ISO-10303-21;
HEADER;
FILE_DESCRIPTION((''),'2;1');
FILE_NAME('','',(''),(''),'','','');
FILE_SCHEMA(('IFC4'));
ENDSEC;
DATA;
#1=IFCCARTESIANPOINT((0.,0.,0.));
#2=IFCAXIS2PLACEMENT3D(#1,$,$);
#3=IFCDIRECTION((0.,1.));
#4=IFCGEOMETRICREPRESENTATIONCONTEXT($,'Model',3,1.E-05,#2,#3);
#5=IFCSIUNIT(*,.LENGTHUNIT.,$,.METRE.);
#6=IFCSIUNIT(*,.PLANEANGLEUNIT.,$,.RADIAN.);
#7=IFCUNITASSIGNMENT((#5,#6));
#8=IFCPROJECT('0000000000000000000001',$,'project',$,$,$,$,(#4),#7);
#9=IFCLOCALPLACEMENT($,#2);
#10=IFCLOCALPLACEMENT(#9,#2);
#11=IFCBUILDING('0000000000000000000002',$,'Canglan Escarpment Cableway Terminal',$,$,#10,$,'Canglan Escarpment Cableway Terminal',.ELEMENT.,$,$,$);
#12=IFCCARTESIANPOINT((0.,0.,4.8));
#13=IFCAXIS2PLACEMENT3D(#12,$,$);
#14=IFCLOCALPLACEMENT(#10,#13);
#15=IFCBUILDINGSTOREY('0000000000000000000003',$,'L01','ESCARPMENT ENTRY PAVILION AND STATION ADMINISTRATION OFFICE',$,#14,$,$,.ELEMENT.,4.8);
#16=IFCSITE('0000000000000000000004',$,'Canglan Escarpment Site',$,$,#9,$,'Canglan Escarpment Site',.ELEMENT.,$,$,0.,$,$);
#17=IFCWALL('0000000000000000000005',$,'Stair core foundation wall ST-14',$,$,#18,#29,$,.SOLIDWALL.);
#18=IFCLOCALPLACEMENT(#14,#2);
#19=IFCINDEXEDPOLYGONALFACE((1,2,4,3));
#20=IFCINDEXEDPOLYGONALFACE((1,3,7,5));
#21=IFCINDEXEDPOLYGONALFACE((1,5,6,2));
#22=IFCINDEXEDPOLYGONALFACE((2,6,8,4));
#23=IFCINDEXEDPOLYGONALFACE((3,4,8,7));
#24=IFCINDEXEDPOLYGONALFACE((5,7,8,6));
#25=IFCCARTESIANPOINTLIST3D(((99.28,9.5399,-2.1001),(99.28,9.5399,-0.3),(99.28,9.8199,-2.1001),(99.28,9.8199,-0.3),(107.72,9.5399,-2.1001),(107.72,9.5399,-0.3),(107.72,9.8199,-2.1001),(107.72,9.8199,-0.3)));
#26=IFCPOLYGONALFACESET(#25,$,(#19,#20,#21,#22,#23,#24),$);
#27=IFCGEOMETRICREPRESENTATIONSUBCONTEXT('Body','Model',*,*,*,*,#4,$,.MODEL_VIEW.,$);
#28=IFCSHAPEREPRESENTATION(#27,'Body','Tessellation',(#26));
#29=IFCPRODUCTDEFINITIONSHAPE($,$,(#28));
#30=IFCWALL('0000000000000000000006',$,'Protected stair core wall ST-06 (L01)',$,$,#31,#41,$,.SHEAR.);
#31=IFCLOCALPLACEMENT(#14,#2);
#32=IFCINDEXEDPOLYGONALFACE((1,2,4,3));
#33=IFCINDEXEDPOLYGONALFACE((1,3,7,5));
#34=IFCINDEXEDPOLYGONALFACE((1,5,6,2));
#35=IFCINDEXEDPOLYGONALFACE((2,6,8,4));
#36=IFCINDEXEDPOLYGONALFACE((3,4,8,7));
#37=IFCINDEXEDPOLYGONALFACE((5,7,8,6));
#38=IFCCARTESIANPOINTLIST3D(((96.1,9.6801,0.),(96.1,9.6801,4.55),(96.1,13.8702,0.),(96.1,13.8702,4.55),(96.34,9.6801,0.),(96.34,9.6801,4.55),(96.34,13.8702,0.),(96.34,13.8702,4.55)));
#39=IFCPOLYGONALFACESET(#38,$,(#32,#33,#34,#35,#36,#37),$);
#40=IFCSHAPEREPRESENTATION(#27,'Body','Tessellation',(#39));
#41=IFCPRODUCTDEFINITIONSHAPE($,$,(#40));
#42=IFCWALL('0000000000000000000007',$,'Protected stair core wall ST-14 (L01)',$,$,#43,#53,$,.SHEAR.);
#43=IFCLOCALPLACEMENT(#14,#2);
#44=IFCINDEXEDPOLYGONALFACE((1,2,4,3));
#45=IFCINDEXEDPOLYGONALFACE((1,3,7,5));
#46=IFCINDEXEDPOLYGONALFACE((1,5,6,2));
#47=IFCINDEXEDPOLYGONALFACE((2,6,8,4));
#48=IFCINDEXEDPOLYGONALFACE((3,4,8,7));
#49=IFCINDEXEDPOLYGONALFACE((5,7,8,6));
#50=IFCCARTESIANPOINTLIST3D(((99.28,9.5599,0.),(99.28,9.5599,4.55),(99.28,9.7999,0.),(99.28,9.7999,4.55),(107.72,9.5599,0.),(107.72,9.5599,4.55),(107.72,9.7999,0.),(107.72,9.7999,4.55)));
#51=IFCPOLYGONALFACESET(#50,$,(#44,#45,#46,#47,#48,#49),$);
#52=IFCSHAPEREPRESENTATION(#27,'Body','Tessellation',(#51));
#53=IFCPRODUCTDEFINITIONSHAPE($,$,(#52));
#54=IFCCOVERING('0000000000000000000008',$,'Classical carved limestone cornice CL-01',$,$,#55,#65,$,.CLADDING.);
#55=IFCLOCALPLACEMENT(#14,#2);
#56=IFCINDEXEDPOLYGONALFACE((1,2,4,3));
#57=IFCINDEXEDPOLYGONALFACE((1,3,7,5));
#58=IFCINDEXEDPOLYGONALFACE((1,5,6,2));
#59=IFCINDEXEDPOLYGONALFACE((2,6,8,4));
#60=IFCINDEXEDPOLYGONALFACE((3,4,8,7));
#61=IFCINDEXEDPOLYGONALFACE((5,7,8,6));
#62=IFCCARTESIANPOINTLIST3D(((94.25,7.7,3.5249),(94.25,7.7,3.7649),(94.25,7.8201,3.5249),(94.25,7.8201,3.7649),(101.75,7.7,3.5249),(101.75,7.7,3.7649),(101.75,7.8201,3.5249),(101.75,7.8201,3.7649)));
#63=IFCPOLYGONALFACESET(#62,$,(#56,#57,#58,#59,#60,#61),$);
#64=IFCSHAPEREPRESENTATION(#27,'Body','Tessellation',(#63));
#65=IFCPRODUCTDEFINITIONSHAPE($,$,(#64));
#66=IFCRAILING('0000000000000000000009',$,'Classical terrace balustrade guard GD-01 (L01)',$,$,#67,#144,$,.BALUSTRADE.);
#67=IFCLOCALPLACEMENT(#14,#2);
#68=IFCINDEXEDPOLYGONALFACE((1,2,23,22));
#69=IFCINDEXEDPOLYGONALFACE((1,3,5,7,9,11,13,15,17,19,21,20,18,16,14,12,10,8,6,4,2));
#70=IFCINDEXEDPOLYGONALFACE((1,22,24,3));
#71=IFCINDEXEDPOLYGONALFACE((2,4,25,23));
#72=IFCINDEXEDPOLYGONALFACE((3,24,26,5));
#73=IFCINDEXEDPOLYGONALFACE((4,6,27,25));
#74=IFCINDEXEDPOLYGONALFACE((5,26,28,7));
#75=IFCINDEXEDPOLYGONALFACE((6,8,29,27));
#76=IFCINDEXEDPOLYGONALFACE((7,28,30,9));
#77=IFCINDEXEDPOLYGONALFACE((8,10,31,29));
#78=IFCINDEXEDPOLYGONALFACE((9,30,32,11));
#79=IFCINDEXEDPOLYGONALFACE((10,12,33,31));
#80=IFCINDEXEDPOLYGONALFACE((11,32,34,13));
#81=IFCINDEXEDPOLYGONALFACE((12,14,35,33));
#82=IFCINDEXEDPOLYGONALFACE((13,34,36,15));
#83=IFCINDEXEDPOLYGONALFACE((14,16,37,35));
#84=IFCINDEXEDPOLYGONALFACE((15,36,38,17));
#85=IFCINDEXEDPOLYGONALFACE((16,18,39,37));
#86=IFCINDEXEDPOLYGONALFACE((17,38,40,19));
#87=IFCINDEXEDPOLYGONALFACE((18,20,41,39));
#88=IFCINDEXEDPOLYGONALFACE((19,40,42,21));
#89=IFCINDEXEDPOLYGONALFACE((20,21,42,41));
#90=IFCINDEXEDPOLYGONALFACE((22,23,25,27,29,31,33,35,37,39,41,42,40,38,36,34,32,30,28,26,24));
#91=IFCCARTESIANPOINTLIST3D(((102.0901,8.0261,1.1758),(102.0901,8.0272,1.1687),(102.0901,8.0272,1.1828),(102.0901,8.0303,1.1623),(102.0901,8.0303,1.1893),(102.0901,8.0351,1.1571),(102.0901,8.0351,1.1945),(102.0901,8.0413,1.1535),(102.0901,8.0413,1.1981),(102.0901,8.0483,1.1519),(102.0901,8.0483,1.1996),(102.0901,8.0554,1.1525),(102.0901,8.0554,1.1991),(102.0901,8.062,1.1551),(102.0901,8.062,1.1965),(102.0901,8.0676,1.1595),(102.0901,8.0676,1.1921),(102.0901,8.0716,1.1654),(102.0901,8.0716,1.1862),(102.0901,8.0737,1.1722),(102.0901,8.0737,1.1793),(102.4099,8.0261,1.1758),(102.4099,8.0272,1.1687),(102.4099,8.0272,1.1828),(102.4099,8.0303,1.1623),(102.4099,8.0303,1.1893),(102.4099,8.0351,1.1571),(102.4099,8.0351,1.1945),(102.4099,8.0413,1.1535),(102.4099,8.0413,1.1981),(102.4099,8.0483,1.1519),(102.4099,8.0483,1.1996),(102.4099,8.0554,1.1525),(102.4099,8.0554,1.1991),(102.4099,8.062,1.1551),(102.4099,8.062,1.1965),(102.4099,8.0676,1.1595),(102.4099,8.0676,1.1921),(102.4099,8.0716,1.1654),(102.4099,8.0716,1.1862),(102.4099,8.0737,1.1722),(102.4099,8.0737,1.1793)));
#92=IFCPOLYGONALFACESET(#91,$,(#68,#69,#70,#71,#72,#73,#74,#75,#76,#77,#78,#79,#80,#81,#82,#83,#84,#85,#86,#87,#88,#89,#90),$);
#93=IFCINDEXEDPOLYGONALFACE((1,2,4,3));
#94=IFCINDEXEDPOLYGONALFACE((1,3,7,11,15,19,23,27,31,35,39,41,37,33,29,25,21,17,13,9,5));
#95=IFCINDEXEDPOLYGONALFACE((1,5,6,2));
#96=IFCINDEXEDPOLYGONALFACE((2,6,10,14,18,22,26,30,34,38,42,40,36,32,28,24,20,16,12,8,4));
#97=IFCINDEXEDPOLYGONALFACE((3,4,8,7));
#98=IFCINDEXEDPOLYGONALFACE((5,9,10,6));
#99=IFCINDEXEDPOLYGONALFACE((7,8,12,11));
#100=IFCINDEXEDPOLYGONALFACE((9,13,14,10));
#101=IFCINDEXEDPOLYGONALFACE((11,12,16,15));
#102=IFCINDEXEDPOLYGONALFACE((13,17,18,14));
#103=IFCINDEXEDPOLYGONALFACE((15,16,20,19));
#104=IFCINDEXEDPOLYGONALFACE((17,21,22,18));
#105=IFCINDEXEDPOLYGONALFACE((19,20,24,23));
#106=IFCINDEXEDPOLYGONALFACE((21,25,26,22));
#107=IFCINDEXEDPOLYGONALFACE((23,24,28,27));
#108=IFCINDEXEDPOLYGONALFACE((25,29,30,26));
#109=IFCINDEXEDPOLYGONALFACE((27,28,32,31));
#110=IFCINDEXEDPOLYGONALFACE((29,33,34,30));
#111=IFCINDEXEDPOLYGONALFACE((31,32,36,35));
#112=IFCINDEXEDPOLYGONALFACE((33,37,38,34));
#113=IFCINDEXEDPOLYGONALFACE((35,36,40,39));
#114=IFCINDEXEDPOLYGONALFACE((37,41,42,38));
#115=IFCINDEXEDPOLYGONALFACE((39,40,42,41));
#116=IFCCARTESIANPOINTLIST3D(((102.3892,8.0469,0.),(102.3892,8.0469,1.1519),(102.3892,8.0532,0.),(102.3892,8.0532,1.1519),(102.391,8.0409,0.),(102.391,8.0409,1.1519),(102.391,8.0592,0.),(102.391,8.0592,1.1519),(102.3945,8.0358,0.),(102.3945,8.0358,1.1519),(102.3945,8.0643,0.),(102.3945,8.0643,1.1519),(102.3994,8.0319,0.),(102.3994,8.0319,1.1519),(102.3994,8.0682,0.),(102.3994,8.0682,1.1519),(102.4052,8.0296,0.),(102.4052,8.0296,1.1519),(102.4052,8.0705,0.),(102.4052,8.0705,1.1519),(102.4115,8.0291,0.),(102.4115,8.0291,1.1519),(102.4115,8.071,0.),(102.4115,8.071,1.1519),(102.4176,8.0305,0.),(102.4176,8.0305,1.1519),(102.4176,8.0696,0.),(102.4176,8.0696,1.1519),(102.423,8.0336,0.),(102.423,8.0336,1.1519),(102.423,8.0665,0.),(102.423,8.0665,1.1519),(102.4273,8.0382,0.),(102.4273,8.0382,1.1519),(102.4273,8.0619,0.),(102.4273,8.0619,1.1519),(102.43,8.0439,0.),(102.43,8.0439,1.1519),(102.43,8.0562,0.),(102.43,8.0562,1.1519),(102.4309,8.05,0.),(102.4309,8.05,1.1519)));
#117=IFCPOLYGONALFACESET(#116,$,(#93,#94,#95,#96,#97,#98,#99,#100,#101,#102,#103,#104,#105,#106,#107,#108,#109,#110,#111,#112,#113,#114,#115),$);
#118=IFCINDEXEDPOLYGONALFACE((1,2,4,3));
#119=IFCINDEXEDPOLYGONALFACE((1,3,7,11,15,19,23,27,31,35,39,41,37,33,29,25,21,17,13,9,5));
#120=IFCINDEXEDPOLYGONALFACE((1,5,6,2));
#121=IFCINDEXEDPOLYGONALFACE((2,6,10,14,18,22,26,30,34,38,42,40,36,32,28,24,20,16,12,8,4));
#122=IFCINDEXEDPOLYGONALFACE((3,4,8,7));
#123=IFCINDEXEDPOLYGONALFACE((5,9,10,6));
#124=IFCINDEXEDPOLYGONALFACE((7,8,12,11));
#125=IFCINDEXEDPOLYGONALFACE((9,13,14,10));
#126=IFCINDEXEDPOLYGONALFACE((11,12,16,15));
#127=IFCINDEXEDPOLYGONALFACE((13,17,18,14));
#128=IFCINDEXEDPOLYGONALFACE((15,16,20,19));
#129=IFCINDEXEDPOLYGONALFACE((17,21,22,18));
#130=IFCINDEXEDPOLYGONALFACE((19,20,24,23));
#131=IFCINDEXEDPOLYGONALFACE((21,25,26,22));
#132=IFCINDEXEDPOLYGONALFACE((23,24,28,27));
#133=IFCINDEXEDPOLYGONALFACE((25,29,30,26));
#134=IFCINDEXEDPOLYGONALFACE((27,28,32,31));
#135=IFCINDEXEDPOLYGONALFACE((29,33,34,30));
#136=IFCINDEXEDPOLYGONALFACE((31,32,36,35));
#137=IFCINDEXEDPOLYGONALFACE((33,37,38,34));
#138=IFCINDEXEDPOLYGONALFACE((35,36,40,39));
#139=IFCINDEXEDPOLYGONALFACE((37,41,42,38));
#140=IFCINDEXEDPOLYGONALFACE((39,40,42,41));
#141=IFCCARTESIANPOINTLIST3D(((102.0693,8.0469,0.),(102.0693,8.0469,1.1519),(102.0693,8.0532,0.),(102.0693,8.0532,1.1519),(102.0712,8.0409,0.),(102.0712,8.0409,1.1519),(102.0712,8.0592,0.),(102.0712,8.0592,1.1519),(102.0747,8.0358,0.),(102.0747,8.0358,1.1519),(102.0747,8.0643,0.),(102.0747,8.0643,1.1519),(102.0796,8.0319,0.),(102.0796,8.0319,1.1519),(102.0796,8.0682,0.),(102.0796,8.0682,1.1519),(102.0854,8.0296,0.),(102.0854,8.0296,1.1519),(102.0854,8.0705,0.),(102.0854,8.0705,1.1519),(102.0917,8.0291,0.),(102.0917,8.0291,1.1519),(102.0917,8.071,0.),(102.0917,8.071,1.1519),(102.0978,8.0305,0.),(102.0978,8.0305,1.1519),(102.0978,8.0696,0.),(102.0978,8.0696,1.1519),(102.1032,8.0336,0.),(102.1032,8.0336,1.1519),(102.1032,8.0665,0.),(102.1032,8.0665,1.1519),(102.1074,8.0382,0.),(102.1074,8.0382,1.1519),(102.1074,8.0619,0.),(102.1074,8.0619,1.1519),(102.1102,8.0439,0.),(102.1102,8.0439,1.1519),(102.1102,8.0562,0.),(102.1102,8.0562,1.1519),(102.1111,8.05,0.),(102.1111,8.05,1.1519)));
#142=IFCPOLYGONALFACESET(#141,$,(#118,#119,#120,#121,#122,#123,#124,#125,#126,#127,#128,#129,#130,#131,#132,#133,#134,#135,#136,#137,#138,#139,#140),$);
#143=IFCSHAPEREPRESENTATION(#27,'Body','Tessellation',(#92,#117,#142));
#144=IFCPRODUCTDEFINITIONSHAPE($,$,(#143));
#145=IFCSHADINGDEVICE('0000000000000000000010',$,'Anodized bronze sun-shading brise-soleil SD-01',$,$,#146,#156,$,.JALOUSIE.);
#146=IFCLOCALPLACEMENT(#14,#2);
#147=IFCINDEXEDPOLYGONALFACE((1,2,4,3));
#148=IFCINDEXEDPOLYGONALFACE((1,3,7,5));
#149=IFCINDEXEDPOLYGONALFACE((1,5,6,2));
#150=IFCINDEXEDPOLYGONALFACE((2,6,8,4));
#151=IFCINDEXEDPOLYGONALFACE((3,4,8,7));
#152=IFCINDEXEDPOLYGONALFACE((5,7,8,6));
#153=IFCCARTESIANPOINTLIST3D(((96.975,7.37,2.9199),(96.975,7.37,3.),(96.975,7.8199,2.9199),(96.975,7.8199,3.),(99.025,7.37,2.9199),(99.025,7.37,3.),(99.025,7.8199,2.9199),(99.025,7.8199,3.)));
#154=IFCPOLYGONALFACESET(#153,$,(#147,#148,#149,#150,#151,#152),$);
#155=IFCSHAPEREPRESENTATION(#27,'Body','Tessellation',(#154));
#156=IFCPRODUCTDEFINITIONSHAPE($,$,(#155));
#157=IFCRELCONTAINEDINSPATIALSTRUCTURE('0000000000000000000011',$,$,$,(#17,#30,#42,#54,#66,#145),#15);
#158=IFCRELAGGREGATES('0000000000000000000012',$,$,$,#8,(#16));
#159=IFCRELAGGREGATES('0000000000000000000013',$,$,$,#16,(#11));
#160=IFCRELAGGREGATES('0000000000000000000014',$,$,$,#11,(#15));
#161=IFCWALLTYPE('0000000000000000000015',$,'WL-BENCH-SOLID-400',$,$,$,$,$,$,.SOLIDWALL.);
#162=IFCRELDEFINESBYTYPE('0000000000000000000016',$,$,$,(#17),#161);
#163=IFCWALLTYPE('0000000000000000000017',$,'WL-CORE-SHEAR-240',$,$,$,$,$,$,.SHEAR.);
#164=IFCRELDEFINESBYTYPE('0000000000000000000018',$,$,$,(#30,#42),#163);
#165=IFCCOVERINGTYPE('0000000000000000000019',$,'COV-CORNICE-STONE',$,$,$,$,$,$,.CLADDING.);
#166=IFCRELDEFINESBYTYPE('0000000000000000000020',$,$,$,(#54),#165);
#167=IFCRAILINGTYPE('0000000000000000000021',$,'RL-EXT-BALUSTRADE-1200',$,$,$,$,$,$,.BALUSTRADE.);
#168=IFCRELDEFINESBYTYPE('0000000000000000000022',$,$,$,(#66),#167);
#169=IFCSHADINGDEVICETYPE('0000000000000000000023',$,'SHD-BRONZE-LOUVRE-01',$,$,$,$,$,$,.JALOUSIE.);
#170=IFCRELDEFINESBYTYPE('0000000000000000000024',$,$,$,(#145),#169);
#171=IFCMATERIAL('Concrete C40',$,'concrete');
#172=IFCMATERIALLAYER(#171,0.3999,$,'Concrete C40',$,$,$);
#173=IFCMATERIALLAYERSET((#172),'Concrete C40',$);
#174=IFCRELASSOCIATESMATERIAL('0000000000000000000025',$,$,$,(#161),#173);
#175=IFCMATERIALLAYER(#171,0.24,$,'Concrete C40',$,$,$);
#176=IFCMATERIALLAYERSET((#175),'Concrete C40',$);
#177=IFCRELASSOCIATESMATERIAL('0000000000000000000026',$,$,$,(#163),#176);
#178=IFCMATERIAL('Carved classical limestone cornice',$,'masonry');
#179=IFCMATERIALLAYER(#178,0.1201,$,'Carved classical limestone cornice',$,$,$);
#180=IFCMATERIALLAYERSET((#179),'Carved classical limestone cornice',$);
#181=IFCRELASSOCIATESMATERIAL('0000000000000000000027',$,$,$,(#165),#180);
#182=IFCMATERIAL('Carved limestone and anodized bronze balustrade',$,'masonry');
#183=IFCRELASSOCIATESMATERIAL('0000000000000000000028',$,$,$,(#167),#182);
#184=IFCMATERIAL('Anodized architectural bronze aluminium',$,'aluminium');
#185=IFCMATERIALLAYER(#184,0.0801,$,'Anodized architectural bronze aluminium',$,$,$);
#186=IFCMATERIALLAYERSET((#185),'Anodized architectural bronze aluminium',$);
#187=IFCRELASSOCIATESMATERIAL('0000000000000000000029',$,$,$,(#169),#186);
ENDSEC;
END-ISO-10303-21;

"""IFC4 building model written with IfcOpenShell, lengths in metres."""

from ifc_helpers import new_model, si_unit, direction, frame, frame_2d, origin, origin_2d, place, context, subcontext, project, spatial, rectangle, circle, extrude, material, layer, layer_set, type_object, element, save


model = new_model("IFC4")

# Units and contexts
model_context = context("Model", 3, precision=1e-05, world=origin(), true_north=direction((0.0, 1.0)))
body_context = subcontext(model_context, "Body", "Model", "MODEL_VIEW")
ifc_project = project(units=[si_unit("LENGTHUNIT", "METRE"), si_unit("PLANEANGLEUNIT", "RADIAN")], contexts=[model_context])

# Site, building, storey
site_placement = place(None, origin())
site = spatial("IfcSite", under=ifc_project, at=site_placement, Name="Canglan Escarpment Site", LongName="Canglan Escarpment Site", CompositionType="ELEMENT", RefElevation=0.0)
building_placement = place(site_placement, origin())
building = spatial("IfcBuilding", under=site, at=building_placement, Name="Canglan Escarpment Cableway Terminal", LongName="Canglan Escarpment Cableway Terminal", CompositionType="ELEMENT")
storey_placement = place(building_placement, frame((0.0, 0.0, 4.8)))
storey = spatial("IfcBuildingStorey", under=building, at=storey_placement, Name="L01", Description="ESCARPMENT ENTRY PAVILION AND STATION ADMINISTRATION OFFICE", CompositionType="ELEMENT", Elevation=4.8)

# Shared definitions
ifc_material_1 = material(Name="Concrete C40", Category="concrete")

# Walls
ifc_layer_1 = layer(ifc_material_1, 0.3999, Name="Concrete C40")
ifc_layer_set_1 = layer_set([ifc_layer_1], Name="Concrete C40")
wall_type_1 = type_object("IfcWallType", Name="WL-BENCH-SOLID-400", PredefinedType="SOLIDWALL", material=ifc_layer_set_1)
wall_1_placement = place(storey_placement, frame((99.28, 9.6799, -2.1001), z_axis=(0.0, 0.0, 1.0), x_axis=(1.0, 0.0, 0.0)))
element("IfcWall", 1, at=wall_1_placement, inside=storey, type_object=wall_type_1, Name="Stair core foundation wall ST-14", PredefinedType="SOLIDWALL", context=body_context, shape_type="SweptSolid", body=[
    extrude(rectangle(XDim=8.4399, YDim=0.28, at=frame_2d((4.22, 0.0))), origin(), (0.0, 0.0, 1.0), 1.8),
])
ifc_layer_2 = layer(ifc_material_1, 0.24, Name="Concrete C40")
ifc_layer_set_2 = layer_set([ifc_layer_2], Name="Concrete C40")
wall_type_2 = type_object("IfcWallType", Name="WL-CORE-SHEAR-240", PredefinedType="SHEAR", material=ifc_layer_set_2)
wall_2_placement = place(storey_placement, frame((96.22, 9.6799, 0.0), z_axis=(0.0, 0.0, 1.0), x_axis=(0.0, 1.0, 0.0)))
element("IfcWall", 2, at=wall_2_placement, inside=storey, type_object=wall_type_2, Name="Protected stair core wall ST-06 (L01)", PredefinedType="SHEAR", context=body_context, shape_type="SweptSolid", body=[
    extrude(rectangle(XDim=4.1902, YDim=0.24, at=frame_2d((2.0952, 0.0))), origin(), (0.0, 0.0, 1.0), 4.55),
])
wall_3_placement = place(storey_placement, frame((99.28, 9.6799, 0.0), z_axis=(0.0, 0.0, 1.0), x_axis=(1.0, 0.0, 0.0)))
element("IfcWall", 3, at=wall_3_placement, inside=storey, type_object=wall_type_2, Name="Protected stair core wall ST-14 (L01)", PredefinedType="SHEAR", context=body_context, shape_type="SweptSolid", body=[
    extrude(rectangle(XDim=8.4399, YDim=0.24, at=frame_2d((4.22, 0.0))), origin(), (0.0, 0.0, 1.0), 4.55),
])

# Covering
ifc_material_2 = material(Name="Carved classical limestone cornice", Category="masonry")
ifc_layer_3 = layer(ifc_material_2, 0.1201, Name="Carved classical limestone cornice")
ifc_layer_set_3 = layer_set([ifc_layer_3], Name="Carved classical limestone cornice")
covering_type = type_object("IfcCoveringType", Name="COV-CORNICE-STONE", PredefinedType="CLADDING", material=ifc_layer_set_3)
covering_placement = place(storey_placement, frame((98.0, 7.76, 3.5249), z_axis=(0.0, 0.0, 1.0), x_axis=(1.0, 0.0, 0.0)))
element("IfcCovering", 4, at=covering_placement, inside=storey, type_object=covering_type, Name="Classical carved limestone cornice CL-01", PredefinedType="CLADDING", context=body_context, shape_type="SweptSolid", body=[
    extrude(rectangle(XDim=7.5, YDim=0.1201, at=origin_2d()), origin(), (0.0, 0.0, 1.0), 0.24),
])

# Railing
ifc_material_3 = material(Name="Carved limestone and anodized bronze balustrade", Category="masonry")
railing_type = type_object("IfcRailingType", Name="RL-EXT-BALUSTRADE-1200", PredefinedType="BALUSTRADE", material=ifc_material_3)
railing_placement = place(storey_placement, frame((102.4099, 8.05, 0.0)))
element("IfcRailing", 5, at=railing_placement, inside=storey, type_object=railing_type, Name="Classical terrace balustrade guard GD-01 (L01)", PredefinedType="BALUSTRADE", context=body_context, shape_type="SweptSolid", body=[
    extrude(circle(Radius=0.0239, at=origin_2d()), frame((0.0, 0.0, 1.1758), z_axis=(-1.0, 0.0, 0.0), x_axis=(0.0, -1.0, 0.0)), (0.0, 0.0, 1.0), 0.3198),
    extrude(circle(Radius=0.021, at=origin_2d()), origin(), (0.0, 0.0, 1.0), 1.1519),
    extrude(circle(Radius=0.021, at=origin_2d()), frame((-0.3198, 0.0, 0.0)), (0.0, 0.0, 1.0), 1.1519),
])

# Shading device
ifc_material_4 = material(Name="Anodized architectural bronze aluminium", Category="aluminium")
ifc_layer_4 = layer(ifc_material_4, 0.0801, Name="Anodized architectural bronze aluminium")
ifc_layer_set_4 = layer_set([ifc_layer_4], Name="Anodized architectural bronze aluminium")
shading_device_type = type_object("IfcShadingDeviceType", Name="SHD-BRONZE-LOUVRE-01", PredefinedType="JALOUSIE", material=ifc_layer_set_4)
shading_device_placement = place(storey_placement, frame((98.0, 7.595, 2.9199), z_axis=(0.0, 0.0, 1.0), x_axis=(1.0, 0.0, 0.0)))
element("IfcShadingDevice", 6, at=shading_device_placement, inside=storey, type_object=shading_device_type, Name="Anodized bronze sun-shading brise-soleil SD-01", PredefinedType="JALOUSIE", context=body_context, shape_type="SweptSolid", body=[
    extrude(rectangle(XDim=2.05, YDim=0.45, at=origin_2d()), origin(), (0.0, 0.0, 1.0), 0.0801),
])

save(model, "model.ifc")
